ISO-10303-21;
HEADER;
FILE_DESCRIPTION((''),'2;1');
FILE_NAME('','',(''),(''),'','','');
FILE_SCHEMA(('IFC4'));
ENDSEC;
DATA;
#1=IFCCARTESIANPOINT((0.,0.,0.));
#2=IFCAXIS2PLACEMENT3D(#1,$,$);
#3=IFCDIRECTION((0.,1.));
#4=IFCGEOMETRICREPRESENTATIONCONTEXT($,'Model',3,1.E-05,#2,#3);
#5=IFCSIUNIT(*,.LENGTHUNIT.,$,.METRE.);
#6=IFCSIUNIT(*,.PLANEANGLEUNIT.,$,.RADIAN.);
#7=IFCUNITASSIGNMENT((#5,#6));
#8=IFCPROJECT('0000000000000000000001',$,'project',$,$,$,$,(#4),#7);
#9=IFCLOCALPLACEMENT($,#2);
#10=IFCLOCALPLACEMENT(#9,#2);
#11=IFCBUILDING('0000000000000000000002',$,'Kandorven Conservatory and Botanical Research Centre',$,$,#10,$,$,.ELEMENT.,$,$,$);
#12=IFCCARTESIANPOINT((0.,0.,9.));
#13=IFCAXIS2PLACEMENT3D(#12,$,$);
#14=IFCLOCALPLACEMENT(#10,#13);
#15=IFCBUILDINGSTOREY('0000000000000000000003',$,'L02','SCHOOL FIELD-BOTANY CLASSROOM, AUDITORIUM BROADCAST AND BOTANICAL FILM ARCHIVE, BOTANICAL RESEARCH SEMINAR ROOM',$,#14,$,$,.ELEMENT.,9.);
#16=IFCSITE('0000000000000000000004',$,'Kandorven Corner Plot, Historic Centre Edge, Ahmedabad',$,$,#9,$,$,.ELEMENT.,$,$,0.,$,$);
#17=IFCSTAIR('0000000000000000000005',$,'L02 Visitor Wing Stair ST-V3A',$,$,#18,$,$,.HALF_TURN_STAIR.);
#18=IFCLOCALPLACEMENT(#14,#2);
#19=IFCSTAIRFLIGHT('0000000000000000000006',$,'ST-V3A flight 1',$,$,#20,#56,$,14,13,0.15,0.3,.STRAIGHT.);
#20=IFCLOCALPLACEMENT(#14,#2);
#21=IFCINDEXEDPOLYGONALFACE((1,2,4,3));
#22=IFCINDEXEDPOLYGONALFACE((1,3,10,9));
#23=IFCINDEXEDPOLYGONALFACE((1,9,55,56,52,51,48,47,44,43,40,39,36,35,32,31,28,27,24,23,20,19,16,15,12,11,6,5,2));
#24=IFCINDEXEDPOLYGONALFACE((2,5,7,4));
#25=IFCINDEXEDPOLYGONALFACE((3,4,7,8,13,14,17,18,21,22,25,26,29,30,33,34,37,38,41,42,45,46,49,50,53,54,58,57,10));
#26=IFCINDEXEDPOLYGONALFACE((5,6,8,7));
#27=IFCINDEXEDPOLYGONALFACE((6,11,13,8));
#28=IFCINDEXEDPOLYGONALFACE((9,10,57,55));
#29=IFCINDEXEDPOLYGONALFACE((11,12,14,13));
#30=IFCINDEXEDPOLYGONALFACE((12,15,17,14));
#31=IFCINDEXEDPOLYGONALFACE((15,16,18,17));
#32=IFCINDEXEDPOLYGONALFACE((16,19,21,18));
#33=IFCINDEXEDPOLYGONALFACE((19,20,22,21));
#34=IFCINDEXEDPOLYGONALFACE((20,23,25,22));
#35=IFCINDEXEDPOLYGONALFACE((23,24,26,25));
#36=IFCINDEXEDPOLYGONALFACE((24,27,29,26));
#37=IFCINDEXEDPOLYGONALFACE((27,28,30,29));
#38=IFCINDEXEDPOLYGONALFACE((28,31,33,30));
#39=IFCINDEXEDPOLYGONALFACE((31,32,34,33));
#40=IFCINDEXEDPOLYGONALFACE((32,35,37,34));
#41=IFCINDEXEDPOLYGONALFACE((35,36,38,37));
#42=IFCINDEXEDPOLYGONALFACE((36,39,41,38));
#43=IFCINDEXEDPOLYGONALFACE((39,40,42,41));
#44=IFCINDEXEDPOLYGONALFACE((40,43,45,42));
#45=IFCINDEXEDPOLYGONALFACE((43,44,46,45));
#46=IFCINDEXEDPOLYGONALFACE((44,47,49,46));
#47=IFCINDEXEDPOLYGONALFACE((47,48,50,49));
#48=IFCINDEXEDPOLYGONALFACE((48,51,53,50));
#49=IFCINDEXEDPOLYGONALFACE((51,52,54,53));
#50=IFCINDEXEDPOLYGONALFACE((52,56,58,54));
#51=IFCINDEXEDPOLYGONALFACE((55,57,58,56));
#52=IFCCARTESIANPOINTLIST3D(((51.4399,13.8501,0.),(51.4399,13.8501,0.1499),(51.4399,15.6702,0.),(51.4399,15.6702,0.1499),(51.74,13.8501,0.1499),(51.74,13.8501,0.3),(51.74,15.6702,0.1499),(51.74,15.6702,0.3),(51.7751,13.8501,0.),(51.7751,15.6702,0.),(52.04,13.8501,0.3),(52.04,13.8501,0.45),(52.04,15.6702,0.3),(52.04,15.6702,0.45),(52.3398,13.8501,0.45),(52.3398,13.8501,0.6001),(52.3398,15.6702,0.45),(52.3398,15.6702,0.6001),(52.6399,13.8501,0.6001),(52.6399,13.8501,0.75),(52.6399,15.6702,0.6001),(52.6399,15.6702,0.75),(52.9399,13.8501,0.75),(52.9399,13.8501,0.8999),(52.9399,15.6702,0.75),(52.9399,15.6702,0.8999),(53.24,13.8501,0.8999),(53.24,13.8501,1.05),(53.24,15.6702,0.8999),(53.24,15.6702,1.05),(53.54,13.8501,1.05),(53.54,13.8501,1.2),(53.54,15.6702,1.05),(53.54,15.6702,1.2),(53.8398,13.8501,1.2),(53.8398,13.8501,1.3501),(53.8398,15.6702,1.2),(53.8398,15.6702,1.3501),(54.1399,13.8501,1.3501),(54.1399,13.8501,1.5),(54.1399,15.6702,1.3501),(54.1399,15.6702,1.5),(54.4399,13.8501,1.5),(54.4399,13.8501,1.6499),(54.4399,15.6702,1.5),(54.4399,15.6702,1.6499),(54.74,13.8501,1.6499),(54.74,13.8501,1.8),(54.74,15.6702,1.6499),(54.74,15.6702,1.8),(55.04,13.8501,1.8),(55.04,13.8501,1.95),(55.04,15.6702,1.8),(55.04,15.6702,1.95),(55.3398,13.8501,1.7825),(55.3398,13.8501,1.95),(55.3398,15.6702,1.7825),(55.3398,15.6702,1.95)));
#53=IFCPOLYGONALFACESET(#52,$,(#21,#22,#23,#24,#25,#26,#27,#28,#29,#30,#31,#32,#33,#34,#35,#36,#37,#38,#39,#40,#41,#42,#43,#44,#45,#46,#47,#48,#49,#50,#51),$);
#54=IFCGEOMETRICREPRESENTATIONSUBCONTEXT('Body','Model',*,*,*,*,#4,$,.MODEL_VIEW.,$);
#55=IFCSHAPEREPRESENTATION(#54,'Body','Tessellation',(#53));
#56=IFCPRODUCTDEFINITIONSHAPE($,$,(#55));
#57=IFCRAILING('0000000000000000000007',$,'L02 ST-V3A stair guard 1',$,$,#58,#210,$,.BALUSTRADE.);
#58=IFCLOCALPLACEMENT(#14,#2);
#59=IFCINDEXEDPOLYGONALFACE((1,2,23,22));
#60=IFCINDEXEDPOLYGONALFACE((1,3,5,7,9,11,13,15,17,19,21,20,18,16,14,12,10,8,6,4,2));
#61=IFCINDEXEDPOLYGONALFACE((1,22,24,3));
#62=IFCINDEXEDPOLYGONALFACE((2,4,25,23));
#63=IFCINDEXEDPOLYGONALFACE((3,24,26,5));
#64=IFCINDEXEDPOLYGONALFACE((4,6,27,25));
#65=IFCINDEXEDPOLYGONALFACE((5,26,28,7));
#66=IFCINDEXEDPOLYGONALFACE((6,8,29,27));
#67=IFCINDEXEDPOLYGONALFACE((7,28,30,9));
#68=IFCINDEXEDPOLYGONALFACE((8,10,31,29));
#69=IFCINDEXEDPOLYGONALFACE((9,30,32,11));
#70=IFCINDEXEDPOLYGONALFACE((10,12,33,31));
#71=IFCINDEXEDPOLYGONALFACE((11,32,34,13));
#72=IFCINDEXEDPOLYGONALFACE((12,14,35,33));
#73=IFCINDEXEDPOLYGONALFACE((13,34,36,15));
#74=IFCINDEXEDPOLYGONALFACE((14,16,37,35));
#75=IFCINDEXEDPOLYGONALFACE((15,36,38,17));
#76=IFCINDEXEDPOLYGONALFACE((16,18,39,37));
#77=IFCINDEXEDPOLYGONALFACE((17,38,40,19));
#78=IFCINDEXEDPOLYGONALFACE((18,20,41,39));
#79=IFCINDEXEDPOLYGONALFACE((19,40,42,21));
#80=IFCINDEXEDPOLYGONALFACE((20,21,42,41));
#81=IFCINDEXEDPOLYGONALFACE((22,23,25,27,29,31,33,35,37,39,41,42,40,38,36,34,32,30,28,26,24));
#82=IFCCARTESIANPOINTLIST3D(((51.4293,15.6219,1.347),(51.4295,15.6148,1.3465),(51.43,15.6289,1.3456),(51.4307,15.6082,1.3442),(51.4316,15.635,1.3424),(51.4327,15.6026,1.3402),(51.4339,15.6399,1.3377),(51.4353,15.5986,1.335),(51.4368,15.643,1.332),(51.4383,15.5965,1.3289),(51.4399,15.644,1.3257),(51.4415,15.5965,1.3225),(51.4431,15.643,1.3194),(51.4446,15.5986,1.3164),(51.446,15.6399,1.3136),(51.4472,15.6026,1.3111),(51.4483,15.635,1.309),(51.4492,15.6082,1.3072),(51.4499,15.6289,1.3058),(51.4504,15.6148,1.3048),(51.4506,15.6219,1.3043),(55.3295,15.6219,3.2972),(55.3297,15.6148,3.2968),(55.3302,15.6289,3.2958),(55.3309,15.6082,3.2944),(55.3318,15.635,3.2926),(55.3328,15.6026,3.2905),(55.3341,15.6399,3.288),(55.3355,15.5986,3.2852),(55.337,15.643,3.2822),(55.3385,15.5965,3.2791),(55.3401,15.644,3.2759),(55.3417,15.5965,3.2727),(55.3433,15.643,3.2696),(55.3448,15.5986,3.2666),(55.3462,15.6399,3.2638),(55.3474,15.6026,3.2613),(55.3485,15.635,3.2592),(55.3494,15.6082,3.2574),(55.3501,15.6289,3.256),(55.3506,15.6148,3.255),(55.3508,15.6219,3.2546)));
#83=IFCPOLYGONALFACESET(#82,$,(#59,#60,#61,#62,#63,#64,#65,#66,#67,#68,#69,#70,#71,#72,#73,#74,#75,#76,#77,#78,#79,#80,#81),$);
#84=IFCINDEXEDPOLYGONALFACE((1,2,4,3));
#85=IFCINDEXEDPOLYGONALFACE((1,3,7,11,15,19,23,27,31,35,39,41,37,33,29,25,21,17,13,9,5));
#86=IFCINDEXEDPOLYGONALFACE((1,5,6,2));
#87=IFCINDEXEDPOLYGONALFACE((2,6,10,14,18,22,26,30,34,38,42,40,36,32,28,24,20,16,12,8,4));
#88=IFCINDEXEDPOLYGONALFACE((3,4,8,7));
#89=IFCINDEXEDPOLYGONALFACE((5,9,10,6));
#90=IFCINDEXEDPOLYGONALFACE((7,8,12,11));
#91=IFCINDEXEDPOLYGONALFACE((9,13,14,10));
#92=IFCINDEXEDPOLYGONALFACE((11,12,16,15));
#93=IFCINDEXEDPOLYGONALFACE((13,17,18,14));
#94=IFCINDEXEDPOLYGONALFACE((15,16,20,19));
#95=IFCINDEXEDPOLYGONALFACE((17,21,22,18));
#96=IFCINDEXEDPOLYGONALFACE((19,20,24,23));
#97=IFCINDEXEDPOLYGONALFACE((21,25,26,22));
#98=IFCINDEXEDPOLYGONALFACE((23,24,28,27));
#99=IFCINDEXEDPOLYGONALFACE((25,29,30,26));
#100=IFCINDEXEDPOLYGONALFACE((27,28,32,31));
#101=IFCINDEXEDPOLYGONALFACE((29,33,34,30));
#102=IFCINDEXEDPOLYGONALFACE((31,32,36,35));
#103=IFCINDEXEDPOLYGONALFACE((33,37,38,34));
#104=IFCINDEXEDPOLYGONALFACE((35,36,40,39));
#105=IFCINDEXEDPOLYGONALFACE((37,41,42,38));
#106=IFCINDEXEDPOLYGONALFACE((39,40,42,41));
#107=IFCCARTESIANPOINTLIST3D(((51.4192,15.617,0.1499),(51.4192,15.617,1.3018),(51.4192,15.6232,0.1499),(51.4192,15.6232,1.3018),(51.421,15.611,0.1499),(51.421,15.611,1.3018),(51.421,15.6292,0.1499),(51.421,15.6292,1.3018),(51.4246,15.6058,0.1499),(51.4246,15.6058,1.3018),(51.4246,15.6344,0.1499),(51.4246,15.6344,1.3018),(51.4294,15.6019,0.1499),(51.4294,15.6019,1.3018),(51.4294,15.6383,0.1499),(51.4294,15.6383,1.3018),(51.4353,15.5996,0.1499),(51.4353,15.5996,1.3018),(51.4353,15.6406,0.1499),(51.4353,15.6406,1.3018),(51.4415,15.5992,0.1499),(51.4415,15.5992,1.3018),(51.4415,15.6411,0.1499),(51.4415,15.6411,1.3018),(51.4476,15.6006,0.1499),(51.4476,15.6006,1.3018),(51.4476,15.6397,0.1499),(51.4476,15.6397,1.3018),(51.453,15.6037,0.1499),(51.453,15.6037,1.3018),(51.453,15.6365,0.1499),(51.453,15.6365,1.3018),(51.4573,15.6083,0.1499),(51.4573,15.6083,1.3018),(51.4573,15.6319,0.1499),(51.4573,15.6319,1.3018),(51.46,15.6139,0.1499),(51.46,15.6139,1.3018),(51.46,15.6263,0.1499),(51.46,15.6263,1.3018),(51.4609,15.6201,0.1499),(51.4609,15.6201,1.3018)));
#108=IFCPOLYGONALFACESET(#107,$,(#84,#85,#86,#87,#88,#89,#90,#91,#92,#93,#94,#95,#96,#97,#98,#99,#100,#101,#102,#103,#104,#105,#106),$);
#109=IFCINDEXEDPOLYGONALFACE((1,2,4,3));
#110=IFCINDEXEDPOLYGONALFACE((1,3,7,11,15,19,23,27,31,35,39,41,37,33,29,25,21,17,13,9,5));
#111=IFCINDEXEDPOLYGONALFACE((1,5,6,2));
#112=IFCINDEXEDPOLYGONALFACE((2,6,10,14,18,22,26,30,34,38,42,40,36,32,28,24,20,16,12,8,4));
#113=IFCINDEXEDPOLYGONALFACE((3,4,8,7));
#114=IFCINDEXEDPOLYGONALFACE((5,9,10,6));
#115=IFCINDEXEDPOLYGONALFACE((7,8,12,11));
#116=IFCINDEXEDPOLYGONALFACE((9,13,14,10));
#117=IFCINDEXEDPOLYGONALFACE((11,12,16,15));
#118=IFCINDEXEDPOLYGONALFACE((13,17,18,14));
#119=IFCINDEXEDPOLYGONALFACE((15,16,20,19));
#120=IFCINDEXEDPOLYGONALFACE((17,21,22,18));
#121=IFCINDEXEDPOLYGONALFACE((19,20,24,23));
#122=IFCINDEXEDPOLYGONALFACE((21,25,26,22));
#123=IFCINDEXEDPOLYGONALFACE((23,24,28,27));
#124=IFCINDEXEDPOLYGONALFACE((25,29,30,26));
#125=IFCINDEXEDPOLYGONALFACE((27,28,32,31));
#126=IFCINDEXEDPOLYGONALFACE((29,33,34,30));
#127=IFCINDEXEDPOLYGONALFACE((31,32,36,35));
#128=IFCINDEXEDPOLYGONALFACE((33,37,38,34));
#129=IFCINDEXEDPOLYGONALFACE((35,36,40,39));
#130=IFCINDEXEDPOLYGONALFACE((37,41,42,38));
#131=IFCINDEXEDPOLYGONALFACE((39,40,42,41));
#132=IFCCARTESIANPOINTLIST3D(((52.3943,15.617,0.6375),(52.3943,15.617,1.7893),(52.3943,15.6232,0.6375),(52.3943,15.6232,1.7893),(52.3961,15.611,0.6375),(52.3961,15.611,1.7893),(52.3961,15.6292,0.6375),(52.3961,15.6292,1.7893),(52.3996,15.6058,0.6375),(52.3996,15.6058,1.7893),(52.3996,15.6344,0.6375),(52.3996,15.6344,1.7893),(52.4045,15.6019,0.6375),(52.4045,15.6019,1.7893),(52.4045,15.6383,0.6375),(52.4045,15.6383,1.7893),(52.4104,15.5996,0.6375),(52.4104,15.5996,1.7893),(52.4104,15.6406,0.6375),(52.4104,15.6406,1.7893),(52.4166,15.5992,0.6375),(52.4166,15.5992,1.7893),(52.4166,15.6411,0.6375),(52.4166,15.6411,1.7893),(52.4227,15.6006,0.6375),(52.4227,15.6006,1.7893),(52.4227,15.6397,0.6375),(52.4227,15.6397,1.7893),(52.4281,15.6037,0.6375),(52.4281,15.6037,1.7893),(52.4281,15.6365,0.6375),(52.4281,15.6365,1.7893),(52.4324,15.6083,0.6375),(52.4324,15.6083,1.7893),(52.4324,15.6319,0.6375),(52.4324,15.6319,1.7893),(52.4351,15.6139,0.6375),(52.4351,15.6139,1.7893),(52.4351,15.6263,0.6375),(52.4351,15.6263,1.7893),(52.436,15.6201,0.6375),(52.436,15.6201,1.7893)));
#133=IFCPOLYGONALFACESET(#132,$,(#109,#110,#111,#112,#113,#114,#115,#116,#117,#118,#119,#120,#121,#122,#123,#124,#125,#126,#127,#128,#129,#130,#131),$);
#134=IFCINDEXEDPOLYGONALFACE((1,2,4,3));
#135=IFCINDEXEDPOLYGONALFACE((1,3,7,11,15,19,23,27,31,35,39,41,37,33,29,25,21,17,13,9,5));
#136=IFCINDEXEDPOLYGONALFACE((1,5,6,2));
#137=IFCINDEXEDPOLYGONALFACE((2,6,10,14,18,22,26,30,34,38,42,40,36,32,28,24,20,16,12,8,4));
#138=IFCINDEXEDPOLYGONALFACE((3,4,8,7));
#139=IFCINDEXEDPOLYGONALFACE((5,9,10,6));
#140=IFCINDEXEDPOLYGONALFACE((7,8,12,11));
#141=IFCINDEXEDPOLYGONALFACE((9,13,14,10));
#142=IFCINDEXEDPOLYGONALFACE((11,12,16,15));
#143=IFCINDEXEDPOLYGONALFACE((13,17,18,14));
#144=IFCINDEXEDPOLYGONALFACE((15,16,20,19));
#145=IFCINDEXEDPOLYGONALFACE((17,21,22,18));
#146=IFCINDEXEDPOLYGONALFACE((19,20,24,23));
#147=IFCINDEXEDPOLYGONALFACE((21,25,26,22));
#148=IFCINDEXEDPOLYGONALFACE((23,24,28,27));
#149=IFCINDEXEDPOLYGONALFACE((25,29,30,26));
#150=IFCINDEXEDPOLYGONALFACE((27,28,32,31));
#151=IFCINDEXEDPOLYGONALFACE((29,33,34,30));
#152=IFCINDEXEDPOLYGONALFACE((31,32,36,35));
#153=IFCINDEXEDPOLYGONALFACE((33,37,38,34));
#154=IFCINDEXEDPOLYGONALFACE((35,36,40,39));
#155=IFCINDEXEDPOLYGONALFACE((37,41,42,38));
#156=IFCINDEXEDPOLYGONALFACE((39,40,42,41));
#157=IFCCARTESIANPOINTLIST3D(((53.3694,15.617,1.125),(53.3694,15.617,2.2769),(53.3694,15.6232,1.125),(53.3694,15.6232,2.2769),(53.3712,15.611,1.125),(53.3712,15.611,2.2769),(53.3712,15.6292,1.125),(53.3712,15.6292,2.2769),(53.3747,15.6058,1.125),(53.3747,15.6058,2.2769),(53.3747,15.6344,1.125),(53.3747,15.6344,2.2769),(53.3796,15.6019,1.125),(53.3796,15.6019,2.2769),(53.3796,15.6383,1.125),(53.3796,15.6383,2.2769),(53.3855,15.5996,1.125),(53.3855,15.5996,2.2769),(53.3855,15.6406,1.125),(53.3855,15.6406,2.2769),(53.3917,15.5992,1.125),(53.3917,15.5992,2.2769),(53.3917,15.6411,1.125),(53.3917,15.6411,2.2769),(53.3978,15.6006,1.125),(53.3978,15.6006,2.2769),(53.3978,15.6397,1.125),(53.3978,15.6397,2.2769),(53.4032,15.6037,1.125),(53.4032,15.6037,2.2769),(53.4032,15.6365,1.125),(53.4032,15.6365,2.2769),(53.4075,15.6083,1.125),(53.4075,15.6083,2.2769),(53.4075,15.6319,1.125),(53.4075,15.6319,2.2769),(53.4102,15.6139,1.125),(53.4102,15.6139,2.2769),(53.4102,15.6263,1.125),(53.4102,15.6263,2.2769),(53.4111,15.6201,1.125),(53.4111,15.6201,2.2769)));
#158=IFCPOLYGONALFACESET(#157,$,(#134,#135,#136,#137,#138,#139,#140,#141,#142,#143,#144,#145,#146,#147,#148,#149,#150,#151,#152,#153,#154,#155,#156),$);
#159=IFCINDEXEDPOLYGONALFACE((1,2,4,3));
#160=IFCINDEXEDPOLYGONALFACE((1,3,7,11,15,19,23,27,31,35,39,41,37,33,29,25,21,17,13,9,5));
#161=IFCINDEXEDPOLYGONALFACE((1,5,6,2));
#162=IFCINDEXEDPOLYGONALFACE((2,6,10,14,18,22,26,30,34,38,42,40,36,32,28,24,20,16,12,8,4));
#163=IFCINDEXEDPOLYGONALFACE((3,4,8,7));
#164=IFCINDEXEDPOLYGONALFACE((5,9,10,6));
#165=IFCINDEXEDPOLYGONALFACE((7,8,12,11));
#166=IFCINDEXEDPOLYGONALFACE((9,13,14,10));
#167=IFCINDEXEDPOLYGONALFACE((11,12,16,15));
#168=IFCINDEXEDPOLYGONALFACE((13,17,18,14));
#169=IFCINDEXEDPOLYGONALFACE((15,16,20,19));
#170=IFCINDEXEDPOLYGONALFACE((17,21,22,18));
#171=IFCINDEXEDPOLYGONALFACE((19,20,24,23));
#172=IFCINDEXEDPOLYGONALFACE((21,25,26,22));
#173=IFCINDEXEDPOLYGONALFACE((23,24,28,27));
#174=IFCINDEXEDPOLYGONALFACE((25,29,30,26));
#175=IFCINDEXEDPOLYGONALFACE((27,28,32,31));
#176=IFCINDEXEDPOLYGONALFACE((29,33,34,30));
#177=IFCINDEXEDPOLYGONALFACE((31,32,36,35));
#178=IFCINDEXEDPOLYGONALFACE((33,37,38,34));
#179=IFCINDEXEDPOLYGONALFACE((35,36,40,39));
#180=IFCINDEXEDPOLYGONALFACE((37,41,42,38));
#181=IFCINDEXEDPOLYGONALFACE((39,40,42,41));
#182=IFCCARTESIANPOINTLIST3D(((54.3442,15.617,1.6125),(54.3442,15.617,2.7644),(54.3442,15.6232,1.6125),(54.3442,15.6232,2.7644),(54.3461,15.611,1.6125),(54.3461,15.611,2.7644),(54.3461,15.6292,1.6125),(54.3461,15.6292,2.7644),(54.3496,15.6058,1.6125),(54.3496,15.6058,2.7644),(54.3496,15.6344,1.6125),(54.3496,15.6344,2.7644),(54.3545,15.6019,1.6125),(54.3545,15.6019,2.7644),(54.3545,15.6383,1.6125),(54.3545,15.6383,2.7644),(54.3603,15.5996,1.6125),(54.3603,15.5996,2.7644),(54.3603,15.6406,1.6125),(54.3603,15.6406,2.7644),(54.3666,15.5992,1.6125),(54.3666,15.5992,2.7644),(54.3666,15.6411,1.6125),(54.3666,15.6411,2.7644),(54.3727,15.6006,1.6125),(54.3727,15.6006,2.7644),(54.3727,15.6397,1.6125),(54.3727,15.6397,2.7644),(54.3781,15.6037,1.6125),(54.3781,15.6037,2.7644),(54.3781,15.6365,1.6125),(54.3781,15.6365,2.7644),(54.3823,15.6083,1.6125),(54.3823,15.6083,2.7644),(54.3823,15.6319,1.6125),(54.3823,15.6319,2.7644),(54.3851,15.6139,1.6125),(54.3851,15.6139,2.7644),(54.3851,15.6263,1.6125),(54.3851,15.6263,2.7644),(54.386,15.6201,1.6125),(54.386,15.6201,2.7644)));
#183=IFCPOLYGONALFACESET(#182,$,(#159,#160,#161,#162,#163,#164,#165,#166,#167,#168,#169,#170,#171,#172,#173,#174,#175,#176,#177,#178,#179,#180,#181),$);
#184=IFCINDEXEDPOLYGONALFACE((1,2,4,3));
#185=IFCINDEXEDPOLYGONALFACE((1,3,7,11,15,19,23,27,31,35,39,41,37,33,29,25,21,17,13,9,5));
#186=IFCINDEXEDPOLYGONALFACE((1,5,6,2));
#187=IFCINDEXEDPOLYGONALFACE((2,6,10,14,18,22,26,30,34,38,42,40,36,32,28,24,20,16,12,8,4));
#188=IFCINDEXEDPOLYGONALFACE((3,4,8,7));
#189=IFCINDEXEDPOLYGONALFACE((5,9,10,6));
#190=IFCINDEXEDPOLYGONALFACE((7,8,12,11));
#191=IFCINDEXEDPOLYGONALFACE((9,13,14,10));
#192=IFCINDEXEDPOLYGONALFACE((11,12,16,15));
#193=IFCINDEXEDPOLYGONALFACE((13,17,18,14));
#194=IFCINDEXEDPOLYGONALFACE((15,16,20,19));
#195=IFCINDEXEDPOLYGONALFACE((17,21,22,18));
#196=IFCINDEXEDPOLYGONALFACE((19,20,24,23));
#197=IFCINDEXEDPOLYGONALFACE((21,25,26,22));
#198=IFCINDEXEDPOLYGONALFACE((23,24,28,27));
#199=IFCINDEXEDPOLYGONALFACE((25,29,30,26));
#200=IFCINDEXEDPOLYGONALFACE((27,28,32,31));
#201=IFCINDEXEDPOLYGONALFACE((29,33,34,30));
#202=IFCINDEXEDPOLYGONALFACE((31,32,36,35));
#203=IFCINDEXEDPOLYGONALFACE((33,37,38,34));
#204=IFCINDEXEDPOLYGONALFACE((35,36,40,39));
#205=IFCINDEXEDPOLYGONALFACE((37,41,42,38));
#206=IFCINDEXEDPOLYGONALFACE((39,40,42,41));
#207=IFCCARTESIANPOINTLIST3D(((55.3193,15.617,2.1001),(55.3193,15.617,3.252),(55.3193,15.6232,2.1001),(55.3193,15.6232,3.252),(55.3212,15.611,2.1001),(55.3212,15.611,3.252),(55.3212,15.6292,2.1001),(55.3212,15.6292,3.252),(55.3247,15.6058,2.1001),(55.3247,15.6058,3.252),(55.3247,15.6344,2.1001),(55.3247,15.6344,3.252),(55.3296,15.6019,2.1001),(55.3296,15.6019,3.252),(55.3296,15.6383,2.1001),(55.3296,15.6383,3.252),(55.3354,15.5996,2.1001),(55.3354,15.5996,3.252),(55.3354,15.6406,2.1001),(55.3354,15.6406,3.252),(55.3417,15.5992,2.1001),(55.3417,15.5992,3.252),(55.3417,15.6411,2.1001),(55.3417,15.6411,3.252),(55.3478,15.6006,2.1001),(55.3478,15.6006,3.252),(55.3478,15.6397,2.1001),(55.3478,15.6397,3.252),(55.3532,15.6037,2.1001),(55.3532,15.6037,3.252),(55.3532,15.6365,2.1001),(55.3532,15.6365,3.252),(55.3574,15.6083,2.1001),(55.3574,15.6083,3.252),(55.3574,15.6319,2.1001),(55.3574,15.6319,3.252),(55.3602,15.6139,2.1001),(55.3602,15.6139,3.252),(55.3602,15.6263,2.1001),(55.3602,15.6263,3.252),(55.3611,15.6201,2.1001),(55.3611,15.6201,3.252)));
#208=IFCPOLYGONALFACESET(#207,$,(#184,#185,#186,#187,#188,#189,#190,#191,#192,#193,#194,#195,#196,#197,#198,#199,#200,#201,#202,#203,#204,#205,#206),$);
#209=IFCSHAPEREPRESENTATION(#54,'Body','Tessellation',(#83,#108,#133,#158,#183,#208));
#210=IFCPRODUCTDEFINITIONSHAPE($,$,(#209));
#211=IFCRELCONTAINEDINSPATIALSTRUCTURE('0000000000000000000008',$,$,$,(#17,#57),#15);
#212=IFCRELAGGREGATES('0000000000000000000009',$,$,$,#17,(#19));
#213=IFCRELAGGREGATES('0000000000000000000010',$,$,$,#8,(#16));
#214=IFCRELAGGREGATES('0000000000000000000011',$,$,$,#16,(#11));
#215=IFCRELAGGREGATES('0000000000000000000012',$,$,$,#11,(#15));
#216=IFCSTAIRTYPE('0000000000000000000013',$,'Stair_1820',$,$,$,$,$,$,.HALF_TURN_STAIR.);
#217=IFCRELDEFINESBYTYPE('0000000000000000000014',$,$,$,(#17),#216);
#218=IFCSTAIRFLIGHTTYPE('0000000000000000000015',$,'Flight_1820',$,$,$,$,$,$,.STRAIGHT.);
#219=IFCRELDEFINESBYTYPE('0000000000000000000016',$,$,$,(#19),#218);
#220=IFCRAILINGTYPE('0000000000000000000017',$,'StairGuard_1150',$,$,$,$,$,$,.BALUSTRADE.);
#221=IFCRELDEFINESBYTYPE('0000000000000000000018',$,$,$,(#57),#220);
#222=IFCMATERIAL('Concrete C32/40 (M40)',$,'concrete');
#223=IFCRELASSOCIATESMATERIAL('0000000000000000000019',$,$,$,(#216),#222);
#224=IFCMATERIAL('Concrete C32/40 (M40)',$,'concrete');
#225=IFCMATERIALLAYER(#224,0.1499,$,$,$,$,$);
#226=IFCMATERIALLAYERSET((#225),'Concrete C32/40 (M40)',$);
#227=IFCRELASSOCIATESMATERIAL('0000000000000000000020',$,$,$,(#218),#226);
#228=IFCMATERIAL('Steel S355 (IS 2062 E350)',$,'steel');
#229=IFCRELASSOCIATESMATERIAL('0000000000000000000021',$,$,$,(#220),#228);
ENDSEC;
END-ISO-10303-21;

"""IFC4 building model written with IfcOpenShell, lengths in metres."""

from ifc_helpers import new_model, si_unit, direction, frame, origin, origin_2d, place, context, subcontext, project, spatial, polyline, circle, outline, extrude, material, layer, layer_set, type_object, element, aggregate, save


model = new_model("IFC4")

# Units and contexts
model_context = context("Model", 3, precision=1e-05, world=origin(), true_north=direction((0.0, 1.0)))
body_context = subcontext(model_context, "Body", "Model", "MODEL_VIEW")
ifc_project = project(units=[si_unit("LENGTHUNIT", "METRE"), si_unit("PLANEANGLEUNIT", "RADIAN")], contexts=[model_context])

# Site, building, storey
site_placement = place(None, origin())
site = spatial("IfcSite", under=ifc_project, at=site_placement, Name="Kandorven Corner Plot, Historic Centre Edge, Ahmedabad", CompositionType="ELEMENT", RefElevation=0.0)
building_placement = place(site_placement, origin())
building = spatial("IfcBuilding", under=site, at=building_placement, Name="Kandorven Conservatory and Botanical Research Centre", CompositionType="ELEMENT")
storey_placement = place(building_placement, frame((0.0, 0.0, 9.0)))
storey = spatial("IfcBuildingStorey", under=building, at=storey_placement, Name="L02", Description="SCHOOL FIELD-BOTANY CLASSROOM, AUDITORIUM BROADCAST AND BOTANICAL FILM ARCHIVE, BOTANICAL RESEARCH SEMINAR ROOM", CompositionType="ELEMENT", Elevation=9.0)

# Stair, stair flight
ifc_material_1 = material(Name="Concrete C32/40 (M40)", Category="concrete")
stair_type = type_object("IfcStairType", Name="Stair_1820", PredefinedType="HALF_TURN_STAIR", material=ifc_material_1)
stair_placement = place(storey_placement, origin())
stair = element("IfcStair", 1, at=stair_placement, inside=storey, type_object=stair_type, Name="L02 Visitor Wing Stair ST-V3A", PredefinedType="HALF_TURN_STAIR")
ifc_material_2 = material(Name="Concrete C32/40 (M40)", Category="concrete")
ifc_layer_1 = layer(ifc_material_2, 0.1499)
ifc_layer_set_1 = layer_set([ifc_layer_1], Name="Concrete C32/40 (M40)")
stair_flight_type = type_object("IfcStairFlightType", Name="Flight_1820", PredefinedType="STRAIGHT", material=ifc_layer_set_1)
stair_flight_placement = place(storey_placement, frame((51.4399, 14.76, 0.0), z_axis=(0.0, 0.0, 1.0), x_axis=(1.0, 0.0, 0.0)))
stair_flight = element("IfcStairFlight", 2, at=stair_flight_placement, type_object=stair_flight_type, Name="ST-V3A flight 1", NumberOfRisers=14, NumberOfTreads=13, PredefinedType="STRAIGHT", RiserHeight=0.15, TreadLength=0.3, context=body_context, shape_type="SweptSolid", body=[
    extrude(outline(polyline([(0.0, 0.0), (0.0, 0.1499), (0.3, 0.1499), (0.3, 0.3), (0.6001, 0.3), (0.6001, 0.45), (0.8999, 0.45), (0.8999, 0.6001), (1.2, 0.6001), (1.2, 0.75), (1.5, 0.75), (1.5, 0.8999), (1.8, 0.8999), (1.8, 1.05), (2.1001, 1.05), (2.1001, 1.2), (2.3999, 1.2), (2.3999, 1.3501), (2.7, 1.3501), (2.7, 1.5), (3.0, 1.5), (3.0, 1.6499), (3.3, 1.6499), (3.3, 1.8), (3.6001, 1.8), (3.6001, 1.95), (3.8999, 1.95), (3.8999, 2.1001), (3.8999, 1.7825), (0.3352, 0.0), (0.0, 0.0)])), frame((0.0, 0.9102, 0.0), z_axis=(0.0, -1.0, 0.0), x_axis=(1.0, 0.0, 0.0)), (0.0, 0.0, 1.0), 1.8201),
])
aggregate(stair, [stair_flight])

# Railing
ifc_material_3 = material(Name="Steel S355 (IS 2062 E350)", Category="steel")
railing_type_1 = type_object("IfcRailingType", Name="StairGuard_1150", PredefinedType="BALUSTRADE", material=ifc_material_3)
railing_1_placement = place(storey_placement, frame((51.4399, 15.6201, 0.1499)))
element("IfcRailing", 3, at=railing_1_placement, inside=storey, type_object=railing_type_1, Name="L02 ST-V3A stair guard 1", PredefinedType="BALUSTRADE", context=body_context, shape_type="SweptSolid", body=[
    extrude(circle(Radius=0.0239, at=origin_2d()), frame((0.0, 0.0, 1.1758), z_axis=(0.894416, 0.0, 0.447236), x_axis=(0.0, 1.0, 0.0)), (0.0, 0.0, 1.0), 4.3606),
    extrude(circle(Radius=0.021, at=origin_2d()), origin(), (0.0, 0.0, 1.0), 1.1519),
    extrude(circle(Radius=0.021, at=origin_2d()), frame((0.9751, 0.0, 0.4875)), (0.0, 0.0, 1.0), 1.1519),
    extrude(circle(Radius=0.021, at=origin_2d()), frame((1.9502, 0.0, 0.9751)), (0.0, 0.0, 1.0), 1.1519),
    extrude(circle(Radius=0.021, at=origin_2d()), frame((2.925, 0.0, 1.4626)), (0.0, 0.0, 1.0), 1.1519),
    extrude(circle(Radius=0.021, at=origin_2d()), frame((3.9001, 0.0, 1.9502)), (0.0, 0.0, 1.0), 1.1519),
])

save(model, "model.ifc")
